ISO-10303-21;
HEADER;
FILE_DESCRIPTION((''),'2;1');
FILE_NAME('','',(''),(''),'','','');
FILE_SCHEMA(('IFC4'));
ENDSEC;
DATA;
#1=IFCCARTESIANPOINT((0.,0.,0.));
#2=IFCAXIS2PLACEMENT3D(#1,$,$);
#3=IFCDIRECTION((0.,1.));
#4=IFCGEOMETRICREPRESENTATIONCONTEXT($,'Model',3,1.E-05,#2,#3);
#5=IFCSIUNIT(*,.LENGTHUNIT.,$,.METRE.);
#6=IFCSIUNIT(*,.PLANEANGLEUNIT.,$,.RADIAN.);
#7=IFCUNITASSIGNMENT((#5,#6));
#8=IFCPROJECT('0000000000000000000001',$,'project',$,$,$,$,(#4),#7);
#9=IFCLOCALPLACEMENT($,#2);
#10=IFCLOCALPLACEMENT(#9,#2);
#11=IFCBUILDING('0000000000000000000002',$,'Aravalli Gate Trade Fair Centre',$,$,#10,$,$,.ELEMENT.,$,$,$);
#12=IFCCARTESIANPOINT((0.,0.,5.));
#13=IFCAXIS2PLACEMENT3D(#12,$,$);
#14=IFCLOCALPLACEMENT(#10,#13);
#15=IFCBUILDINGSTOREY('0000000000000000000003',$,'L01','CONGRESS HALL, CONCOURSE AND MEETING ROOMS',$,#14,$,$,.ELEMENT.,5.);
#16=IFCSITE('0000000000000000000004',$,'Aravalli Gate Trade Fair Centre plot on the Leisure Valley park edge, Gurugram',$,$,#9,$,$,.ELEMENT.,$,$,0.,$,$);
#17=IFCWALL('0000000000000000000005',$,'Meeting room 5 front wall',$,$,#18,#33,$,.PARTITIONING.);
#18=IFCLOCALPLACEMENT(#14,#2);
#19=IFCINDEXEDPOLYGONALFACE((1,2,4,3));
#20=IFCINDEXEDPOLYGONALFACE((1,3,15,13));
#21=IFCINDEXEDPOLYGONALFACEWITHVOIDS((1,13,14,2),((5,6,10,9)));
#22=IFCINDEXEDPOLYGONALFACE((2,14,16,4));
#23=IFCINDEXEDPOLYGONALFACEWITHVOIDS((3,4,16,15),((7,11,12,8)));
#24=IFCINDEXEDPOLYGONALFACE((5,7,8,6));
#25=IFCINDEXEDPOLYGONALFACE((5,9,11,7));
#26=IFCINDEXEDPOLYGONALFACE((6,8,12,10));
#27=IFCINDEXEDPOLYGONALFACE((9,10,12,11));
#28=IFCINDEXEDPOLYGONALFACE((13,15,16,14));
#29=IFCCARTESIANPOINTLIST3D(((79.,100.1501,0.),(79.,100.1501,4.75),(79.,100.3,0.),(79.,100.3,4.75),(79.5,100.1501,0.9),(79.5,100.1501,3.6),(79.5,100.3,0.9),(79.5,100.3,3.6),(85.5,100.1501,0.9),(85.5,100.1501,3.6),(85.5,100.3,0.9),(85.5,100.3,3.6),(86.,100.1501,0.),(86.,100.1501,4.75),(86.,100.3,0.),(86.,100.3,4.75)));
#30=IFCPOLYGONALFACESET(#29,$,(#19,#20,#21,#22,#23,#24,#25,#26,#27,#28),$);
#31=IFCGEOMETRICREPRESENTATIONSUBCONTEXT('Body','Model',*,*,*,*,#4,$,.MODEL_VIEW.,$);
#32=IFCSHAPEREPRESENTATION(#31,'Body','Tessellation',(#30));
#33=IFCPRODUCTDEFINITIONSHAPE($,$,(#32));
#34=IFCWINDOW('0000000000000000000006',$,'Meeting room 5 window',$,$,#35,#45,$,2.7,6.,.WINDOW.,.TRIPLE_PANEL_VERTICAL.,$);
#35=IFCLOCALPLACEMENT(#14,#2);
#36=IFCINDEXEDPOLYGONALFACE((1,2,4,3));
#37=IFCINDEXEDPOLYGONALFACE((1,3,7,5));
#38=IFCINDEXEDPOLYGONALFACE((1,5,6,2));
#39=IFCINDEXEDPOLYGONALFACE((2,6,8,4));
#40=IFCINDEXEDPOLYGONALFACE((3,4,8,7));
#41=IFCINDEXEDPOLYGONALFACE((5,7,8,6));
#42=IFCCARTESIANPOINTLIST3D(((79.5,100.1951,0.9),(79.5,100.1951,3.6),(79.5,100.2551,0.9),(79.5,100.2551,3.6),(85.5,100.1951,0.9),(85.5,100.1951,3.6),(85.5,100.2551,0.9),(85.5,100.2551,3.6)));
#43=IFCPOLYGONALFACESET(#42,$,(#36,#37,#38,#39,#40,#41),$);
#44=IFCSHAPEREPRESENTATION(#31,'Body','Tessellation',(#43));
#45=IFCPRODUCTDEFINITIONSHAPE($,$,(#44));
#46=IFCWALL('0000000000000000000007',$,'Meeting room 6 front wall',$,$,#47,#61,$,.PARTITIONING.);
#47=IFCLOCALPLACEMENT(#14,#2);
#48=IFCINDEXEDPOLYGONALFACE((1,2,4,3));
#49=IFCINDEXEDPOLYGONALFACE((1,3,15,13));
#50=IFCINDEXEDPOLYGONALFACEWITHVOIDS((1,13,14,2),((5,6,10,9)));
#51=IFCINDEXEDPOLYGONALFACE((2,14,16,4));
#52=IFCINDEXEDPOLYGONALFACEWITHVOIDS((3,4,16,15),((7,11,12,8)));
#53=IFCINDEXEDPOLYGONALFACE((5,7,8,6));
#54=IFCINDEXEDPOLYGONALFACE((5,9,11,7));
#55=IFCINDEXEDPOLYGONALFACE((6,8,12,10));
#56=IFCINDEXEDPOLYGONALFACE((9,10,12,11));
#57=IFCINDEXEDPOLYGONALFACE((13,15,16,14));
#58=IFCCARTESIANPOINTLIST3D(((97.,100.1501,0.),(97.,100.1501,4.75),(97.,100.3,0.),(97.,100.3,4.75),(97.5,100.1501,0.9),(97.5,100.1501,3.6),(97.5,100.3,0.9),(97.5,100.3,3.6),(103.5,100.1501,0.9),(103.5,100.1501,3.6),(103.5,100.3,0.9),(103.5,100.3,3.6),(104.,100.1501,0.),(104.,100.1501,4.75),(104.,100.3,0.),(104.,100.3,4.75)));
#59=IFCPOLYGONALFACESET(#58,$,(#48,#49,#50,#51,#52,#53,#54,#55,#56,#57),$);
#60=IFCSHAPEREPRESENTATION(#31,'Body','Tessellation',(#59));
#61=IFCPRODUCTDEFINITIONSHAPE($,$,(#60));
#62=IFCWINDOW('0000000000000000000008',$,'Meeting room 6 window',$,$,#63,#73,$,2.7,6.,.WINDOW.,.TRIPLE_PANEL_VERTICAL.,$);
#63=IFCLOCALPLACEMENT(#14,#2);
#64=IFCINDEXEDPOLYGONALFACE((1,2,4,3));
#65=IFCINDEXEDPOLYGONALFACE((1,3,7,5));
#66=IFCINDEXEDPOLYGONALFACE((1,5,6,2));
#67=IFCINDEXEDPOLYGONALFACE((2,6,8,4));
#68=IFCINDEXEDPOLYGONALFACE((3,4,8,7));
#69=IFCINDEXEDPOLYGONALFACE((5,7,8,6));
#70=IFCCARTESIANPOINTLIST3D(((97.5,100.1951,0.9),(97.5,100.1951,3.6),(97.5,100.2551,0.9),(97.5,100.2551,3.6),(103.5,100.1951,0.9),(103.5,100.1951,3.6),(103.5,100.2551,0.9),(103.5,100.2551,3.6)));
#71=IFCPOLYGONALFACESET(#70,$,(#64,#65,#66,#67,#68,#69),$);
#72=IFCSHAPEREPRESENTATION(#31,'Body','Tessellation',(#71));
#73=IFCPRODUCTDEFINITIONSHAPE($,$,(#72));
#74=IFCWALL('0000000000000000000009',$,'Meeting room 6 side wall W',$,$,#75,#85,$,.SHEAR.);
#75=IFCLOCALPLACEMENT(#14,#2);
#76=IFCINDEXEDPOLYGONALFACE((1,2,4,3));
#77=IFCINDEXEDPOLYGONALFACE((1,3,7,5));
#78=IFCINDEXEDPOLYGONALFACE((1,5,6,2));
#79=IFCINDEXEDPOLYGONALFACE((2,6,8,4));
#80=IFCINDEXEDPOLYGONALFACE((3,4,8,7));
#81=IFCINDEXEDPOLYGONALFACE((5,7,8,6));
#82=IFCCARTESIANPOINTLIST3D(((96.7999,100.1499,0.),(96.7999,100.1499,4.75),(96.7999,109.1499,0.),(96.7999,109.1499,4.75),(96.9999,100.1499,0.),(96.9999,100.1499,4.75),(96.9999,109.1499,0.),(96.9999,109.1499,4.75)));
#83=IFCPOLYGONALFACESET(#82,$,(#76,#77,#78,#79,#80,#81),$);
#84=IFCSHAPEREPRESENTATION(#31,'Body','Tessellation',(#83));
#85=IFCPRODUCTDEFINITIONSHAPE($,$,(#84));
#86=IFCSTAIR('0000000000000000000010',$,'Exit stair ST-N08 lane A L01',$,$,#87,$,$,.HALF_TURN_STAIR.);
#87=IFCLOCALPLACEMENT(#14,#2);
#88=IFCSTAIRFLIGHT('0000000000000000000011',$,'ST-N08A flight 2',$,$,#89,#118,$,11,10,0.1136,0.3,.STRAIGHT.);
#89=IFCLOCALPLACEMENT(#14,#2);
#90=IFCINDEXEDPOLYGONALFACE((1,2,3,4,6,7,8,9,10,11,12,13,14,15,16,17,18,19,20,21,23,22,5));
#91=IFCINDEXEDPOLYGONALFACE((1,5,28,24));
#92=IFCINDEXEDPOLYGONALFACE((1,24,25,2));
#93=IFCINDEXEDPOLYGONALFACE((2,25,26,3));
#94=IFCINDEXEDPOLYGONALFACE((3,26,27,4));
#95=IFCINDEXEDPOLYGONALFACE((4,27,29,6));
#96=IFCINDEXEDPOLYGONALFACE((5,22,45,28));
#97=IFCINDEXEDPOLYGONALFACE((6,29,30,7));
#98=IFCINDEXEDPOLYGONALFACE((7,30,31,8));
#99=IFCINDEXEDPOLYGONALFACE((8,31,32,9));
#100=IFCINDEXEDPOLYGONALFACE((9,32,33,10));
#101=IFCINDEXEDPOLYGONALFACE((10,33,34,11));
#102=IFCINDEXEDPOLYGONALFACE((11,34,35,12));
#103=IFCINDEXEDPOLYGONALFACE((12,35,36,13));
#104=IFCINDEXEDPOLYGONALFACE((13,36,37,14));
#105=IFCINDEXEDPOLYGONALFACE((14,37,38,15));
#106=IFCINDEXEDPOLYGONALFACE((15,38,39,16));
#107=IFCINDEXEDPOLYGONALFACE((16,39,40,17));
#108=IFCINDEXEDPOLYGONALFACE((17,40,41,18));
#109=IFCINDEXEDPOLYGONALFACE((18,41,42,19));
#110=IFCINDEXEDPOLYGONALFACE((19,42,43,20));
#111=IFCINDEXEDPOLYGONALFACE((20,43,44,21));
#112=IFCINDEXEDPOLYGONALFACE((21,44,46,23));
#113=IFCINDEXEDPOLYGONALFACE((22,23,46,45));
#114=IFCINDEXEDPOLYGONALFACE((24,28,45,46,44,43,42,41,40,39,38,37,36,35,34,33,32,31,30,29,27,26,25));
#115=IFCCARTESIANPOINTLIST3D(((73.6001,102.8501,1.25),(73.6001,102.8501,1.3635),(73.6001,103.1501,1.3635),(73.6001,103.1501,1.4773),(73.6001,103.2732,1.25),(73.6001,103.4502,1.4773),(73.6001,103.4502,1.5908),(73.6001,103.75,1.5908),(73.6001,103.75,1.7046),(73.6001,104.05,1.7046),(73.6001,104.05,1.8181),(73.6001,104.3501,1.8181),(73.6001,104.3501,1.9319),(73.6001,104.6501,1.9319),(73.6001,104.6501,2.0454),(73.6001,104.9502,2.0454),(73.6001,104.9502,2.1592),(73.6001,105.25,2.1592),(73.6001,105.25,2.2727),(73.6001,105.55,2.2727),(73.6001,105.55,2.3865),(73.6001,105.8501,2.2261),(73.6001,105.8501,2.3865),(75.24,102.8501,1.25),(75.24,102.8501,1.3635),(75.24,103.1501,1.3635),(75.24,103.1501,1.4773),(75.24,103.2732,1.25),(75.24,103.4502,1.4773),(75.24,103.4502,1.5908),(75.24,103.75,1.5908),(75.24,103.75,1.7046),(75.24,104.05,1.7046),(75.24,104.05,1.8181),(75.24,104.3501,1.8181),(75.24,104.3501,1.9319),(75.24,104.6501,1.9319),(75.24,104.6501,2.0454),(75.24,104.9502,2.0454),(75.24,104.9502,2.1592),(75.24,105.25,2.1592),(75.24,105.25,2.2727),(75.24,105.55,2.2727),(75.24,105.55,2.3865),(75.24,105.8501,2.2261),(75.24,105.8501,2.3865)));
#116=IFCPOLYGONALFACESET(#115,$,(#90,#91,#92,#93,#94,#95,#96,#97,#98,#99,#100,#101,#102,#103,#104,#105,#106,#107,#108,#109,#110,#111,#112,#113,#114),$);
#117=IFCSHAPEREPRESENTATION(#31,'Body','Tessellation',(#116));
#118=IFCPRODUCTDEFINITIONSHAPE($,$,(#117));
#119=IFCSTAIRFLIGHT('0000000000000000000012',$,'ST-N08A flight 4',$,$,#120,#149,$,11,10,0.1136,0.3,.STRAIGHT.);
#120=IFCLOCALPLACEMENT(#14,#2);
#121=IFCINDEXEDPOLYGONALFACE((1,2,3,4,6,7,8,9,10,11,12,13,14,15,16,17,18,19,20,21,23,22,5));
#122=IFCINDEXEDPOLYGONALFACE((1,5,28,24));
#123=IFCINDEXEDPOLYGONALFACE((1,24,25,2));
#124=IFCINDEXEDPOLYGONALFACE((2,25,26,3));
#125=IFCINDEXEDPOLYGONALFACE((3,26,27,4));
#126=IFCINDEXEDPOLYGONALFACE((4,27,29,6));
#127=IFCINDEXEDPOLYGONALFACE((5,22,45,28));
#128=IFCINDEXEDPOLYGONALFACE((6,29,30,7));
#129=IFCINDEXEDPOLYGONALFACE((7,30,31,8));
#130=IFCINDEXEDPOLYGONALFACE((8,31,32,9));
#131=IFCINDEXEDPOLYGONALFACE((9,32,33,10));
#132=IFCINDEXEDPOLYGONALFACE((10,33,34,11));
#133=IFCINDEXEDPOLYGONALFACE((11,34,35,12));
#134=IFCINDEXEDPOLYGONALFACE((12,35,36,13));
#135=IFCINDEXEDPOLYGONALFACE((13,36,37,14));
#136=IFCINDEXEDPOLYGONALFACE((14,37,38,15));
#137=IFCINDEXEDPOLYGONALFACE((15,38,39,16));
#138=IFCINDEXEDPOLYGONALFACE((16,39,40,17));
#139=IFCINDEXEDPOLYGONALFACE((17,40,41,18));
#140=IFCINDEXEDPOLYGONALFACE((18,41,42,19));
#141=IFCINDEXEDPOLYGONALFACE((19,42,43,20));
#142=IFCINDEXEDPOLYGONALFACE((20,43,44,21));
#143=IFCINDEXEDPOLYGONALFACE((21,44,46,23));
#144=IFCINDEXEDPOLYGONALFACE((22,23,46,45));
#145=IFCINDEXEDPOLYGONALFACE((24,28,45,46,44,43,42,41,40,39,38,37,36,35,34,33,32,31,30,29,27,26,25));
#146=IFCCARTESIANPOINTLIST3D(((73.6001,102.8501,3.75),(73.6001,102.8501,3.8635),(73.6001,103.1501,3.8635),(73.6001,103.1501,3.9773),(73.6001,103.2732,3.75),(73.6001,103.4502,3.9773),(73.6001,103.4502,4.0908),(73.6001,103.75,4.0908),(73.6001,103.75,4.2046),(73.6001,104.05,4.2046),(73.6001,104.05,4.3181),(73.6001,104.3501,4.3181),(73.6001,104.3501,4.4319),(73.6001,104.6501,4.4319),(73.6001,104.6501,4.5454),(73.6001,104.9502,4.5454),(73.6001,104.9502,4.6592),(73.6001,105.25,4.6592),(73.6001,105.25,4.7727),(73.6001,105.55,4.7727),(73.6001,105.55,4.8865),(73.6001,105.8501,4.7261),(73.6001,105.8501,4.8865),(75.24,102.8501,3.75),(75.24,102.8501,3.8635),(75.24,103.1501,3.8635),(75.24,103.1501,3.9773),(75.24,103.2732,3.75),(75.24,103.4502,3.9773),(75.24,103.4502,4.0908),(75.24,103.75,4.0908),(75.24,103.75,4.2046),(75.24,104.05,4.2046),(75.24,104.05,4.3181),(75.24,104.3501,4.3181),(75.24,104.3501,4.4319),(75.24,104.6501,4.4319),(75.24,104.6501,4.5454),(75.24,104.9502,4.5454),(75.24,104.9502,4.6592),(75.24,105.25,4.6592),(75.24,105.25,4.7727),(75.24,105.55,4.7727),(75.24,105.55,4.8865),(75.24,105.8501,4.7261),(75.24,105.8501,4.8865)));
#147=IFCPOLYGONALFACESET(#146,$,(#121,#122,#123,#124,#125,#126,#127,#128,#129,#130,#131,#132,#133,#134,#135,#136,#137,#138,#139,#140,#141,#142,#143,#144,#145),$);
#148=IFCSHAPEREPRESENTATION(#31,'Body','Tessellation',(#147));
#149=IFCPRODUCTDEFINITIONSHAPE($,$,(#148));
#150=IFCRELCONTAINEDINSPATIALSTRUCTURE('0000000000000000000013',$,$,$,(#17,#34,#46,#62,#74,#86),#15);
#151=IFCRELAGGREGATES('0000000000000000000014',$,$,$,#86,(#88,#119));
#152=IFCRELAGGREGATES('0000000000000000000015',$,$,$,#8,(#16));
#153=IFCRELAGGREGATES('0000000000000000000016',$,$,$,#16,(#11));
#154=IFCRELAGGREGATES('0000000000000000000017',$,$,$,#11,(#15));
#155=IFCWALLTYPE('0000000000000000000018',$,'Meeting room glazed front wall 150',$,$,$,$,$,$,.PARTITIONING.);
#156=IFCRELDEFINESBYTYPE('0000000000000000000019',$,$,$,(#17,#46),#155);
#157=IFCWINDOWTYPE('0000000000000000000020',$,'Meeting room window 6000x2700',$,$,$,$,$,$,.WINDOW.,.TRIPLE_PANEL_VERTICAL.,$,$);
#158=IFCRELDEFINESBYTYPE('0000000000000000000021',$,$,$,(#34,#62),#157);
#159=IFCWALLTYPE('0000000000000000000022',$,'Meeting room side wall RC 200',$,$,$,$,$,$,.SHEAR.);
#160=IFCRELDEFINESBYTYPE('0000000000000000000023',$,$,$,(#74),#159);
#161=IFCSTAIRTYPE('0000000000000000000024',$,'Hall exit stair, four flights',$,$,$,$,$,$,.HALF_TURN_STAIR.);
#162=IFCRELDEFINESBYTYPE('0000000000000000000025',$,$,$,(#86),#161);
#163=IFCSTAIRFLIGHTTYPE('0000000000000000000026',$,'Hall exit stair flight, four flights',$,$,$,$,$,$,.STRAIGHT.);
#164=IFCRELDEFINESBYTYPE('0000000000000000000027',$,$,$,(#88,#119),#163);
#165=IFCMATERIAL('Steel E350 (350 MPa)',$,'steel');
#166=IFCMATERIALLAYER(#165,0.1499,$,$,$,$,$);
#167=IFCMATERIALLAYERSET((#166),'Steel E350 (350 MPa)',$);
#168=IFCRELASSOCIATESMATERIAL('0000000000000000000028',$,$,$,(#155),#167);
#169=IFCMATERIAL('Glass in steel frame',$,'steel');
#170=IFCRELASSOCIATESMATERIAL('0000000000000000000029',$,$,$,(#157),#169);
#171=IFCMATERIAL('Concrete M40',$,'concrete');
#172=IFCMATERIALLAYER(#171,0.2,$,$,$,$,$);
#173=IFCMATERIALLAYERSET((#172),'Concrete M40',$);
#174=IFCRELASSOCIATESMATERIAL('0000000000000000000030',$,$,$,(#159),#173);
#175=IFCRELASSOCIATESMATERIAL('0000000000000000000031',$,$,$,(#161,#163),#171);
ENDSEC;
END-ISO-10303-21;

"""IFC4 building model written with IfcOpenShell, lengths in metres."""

from ifc_helpers import new_model, si_unit, direction, frame, frame_2d, origin, place, context, subcontext, project, spatial, polyline, rectangle, outline, extrude, material, layer, layer_set, type_object, element, fill, aggregate, save


model = new_model("IFC4")

# Units and contexts
model_context = context("Model", 3, precision=1e-05, world=origin(), true_north=direction((0.0, 1.0)))
body_context = subcontext(model_context, "Body", "Model", "MODEL_VIEW")
ifc_project = project(units=[si_unit("LENGTHUNIT", "METRE"), si_unit("PLANEANGLEUNIT", "RADIAN")], contexts=[model_context])

# Site, building, storey
site_placement = place(None, origin())
site = spatial("IfcSite", under=ifc_project, at=site_placement, Name="Aravalli Gate Trade Fair Centre plot on the Leisure Valley park edge, Gurugram", CompositionType="ELEMENT", RefElevation=0.0)
building_placement = place(site_placement, origin())
building = spatial("IfcBuilding", under=site, at=building_placement, Name="Aravalli Gate Trade Fair Centre", CompositionType="ELEMENT")
storey_placement = place(building_placement, frame((0.0, 0.0, 5.0)))
storey = spatial("IfcBuildingStorey", under=building, at=storey_placement, Name="L01", Description="CONGRESS HALL, CONCOURSE AND MEETING ROOMS", CompositionType="ELEMENT", Elevation=5.0)

# Walls, openings, windows
ifc_material_1 = material(Name="Steel E350 (350 MPa)", Category="steel")
ifc_layer_1 = layer(ifc_material_1, 0.1499)
ifc_layer_set_1 = layer_set([ifc_layer_1], Name="Steel E350 (350 MPa)")
wall_type_1 = type_object("IfcWallType", Name="Meeting room glazed front wall 150", PredefinedType="PARTITIONING", material=ifc_layer_set_1)
wall_1_placement = place(storey_placement, frame((79.0, 100.2251, 0.0), z_axis=(0.0, 0.0, 1.0), x_axis=(1.0, 0.0, 0.0)))
wall_1 = element("IfcWall", 1, at=wall_1_placement, inside=storey, type_object=wall_type_1, Name="Meeting room 5 front wall", PredefinedType="PARTITIONING", context=body_context, shape_type="SweptSolid", body=[
    extrude(rectangle(XDim=7.0, YDim=0.1499, at=frame_2d((3.5, 0.0))), origin(), (0.0, 0.0, 1.0), 4.75),
])
opening_1_placement = place(wall_1_placement, frame((0.5, 0.0, 0.8999)))
opening_1 = element("IfcOpeningElement", 2, at=opening_1_placement, cuts=wall_1, PredefinedType="OPENING", context=body_context, shape_type="SweptSolid", body=[
    extrude(rectangle(XDim=6.0, YDim=2.7, at=frame_2d((3.0, 1.3501))), frame((0.0, 0.085, 0.0), z_axis=(0.0, -1.0, 0.0), x_axis=(1.0, 0.0, 0.0)), (0.0, 0.0, 1.0), 0.1699),
])
ifc_material_2 = material(Name="Glass in steel frame", Category="steel")
window_type = type_object("IfcWindowType", Name="Meeting room window 6000x2700", PartitioningType="TRIPLE_PANEL_VERTICAL", PredefinedType="WINDOW", material=ifc_material_2)
window_1_placement = place(opening_1_placement, origin())
window_1 = element("IfcWindow", 3, at=window_1_placement, inside=storey, type_object=window_type, Name="Meeting room 5 window", OverallHeight=2.7, OverallWidth=6.0, PartitioningType="TRIPLE_PANEL_VERTICAL", PredefinedType="WINDOW", context=body_context, shape_type="SweptSolid", body=[
    extrude(rectangle(XDim=6.0, YDim=2.7, at=frame_2d((3.0, 1.3501))), frame((0.0, 0.03, 0.0), z_axis=(0.0, -1.0, 0.0), x_axis=(1.0, 0.0, 0.0)), (0.0, 0.0, 1.0), 0.0601),
])
fill(opening_1, window_1)
wall_2_placement = place(storey_placement, frame((97.0, 100.2251, 0.0), z_axis=(0.0, 0.0, 1.0), x_axis=(1.0, 0.0, 0.0)))
wall_2 = element("IfcWall", 4, at=wall_2_placement, inside=storey, type_object=wall_type_1, Name="Meeting room 6 front wall", PredefinedType="PARTITIONING", context=body_context, shape_type="SweptSolid", body=[
    extrude(rectangle(XDim=7.0, YDim=0.1499, at=frame_2d((3.5, 0.0))), origin(), (0.0, 0.0, 1.0), 4.75),
])
opening_2_placement = place(wall_2_placement, frame((0.5, 0.0, 0.8999)))
opening_2 = element("IfcOpeningElement", 5, at=opening_2_placement, cuts=wall_2, PredefinedType="OPENING", context=body_context, shape_type="SweptSolid", body=[
    extrude(rectangle(XDim=6.0, YDim=2.7, at=frame_2d((3.0, 1.3501))), frame((0.0, 0.085, 0.0), z_axis=(0.0, -1.0, 0.0), x_axis=(1.0, 0.0, 0.0)), (0.0, 0.0, 1.0), 0.1699),
])
window_2_placement = place(opening_2_placement, origin())
window_2 = element("IfcWindow", 6, at=window_2_placement, inside=storey, type_object=window_type, Name="Meeting room 6 window", OverallHeight=2.7, OverallWidth=6.0, PartitioningType="TRIPLE_PANEL_VERTICAL", PredefinedType="WINDOW", context=body_context, shape_type="SweptSolid", body=[
    extrude(rectangle(XDim=6.0, YDim=2.7, at=frame_2d((3.0, 1.3501))), frame((0.0, 0.03, 0.0), z_axis=(0.0, -1.0, 0.0), x_axis=(1.0, 0.0, 0.0)), (0.0, 0.0, 1.0), 0.0601),
])
fill(opening_2, window_2)

# Wall
ifc_material_3 = material(Name="Concrete M40", Category="concrete")
ifc_layer_2 = layer(ifc_material_3, 0.2)
ifc_layer_set_2 = layer_set([ifc_layer_2], Name="Concrete M40")
wall_type_2 = type_object("IfcWallType", Name="Meeting room side wall RC 200", PredefinedType="SHEAR", material=ifc_layer_set_2)
wall_3_placement = place(storey_placement, frame((96.8999, 100.1499, 0.0), z_axis=(0.0, 0.0, 1.0), x_axis=(0.0, 1.0, 0.0)))
element("IfcWall", 7, at=wall_3_placement, inside=storey, type_object=wall_type_2, Name="Meeting room 6 side wall W", PredefinedType="SHEAR", context=body_context, shape_type="SweptSolid", body=[
    extrude(rectangle(XDim=9.0, YDim=0.2, at=frame_2d((4.5, 0.0))), origin(), (0.0, 0.0, 1.0), 4.75),
])

# Stair, stair flights
stair_type = type_object("IfcStairType", Name="Hall exit stair, four flights", PredefinedType="HALF_TURN_STAIR", material=ifc_material_3)
stair_1_placement = place(storey_placement, origin())
stair_1 = element("IfcStair", 8, at=stair_1_placement, inside=storey, type_object=stair_type, Name="Exit stair ST-N08 lane A L01", PredefinedType="HALF_TURN_STAIR")
stair_flight_type = type_object("IfcStairFlightType", Name="Hall exit stair flight, four flights", PredefinedType="STRAIGHT", material=ifc_material_3)
stair_flight_1_placement = place(storey_placement, frame((74.4199, 102.8501, 1.25), z_axis=(0.0, 0.0, 1.0), x_axis=(0.0, 1.0, 0.0)))
stair_flight_1 = element("IfcStairFlight", 9, at=stair_flight_1_placement, type_object=stair_flight_type, Name="ST-N08A flight 2", NumberOfRisers=11, NumberOfTreads=10, PredefinedType="STRAIGHT", RiserHeight=0.1136, TreadLength=0.3, context=body_context, shape_type="SweptSolid", body=[
    extrude(outline(polyline([(0.0, 0.0), (0.0, 0.1135), (0.3, 0.1135), (0.3, 0.2273), (0.6001, 0.2273), (0.6001, 0.3408), (0.8999, 0.3408), (0.8999, 0.4546), (1.2, 0.4546), (1.2, 0.5681), (1.5, 0.5681), (1.5, 0.6819), (1.8, 0.6819), (1.8, 0.7954), (2.1001, 0.7954), (2.1001, 0.9092), (2.3999, 0.9092), (2.3999, 1.0227), (2.7, 1.0227), (2.7, 1.1365), (3.0, 1.1365), (3.0, 1.25), (3.0, 0.9761), (0.4231, 0.0), (0.0, 0.0)])), frame((0.0, 0.8198, 0.0), z_axis=(0.0, -1.0, 0.0), x_axis=(1.0, 0.0, 0.0)), (0.0, 0.0, 1.0), 1.6399),
])
stair_flight_2_placement = place(storey_placement, frame((74.4199, 102.8501, 3.75), z_axis=(0.0, 0.0, 1.0), x_axis=(0.0, 1.0, 0.0)))
stair_flight_2 = element("IfcStairFlight", 10, at=stair_flight_2_placement, type_object=stair_flight_type, Name="ST-N08A flight 4", NumberOfRisers=11, NumberOfTreads=10, PredefinedType="STRAIGHT", RiserHeight=0.1136, TreadLength=0.3, context=body_context, shape_type="SweptSolid", body=[
    extrude(outline(polyline([(0.0, 0.0), (0.0, 0.1135), (0.3, 0.1135), (0.3, 0.2273), (0.6001, 0.2273), (0.6001, 0.3408), (0.8999, 0.3408), (0.8999, 0.4546), (1.2, 0.4546), (1.2, 0.5681), (1.5, 0.5681), (1.5, 0.6819), (1.8, 0.6819), (1.8, 0.7954), (2.1001, 0.7954), (2.1001, 0.9092), (2.3999, 0.9092), (2.3999, 1.0227), (2.7, 1.0227), (2.7, 1.1365), (3.0, 1.1365), (3.0, 1.25), (3.0, 0.9761), (0.4231, 0.0), (0.0, 0.0)])), frame((0.0, 0.8198, 0.0), z_axis=(0.0, -1.0, 0.0), x_axis=(1.0, 0.0, 0.0)), (0.0, 0.0, 1.0), 1.6399),
])
aggregate(stair_1, [stair_flight_1, stair_flight_2])

save(model, "model.ifc")
